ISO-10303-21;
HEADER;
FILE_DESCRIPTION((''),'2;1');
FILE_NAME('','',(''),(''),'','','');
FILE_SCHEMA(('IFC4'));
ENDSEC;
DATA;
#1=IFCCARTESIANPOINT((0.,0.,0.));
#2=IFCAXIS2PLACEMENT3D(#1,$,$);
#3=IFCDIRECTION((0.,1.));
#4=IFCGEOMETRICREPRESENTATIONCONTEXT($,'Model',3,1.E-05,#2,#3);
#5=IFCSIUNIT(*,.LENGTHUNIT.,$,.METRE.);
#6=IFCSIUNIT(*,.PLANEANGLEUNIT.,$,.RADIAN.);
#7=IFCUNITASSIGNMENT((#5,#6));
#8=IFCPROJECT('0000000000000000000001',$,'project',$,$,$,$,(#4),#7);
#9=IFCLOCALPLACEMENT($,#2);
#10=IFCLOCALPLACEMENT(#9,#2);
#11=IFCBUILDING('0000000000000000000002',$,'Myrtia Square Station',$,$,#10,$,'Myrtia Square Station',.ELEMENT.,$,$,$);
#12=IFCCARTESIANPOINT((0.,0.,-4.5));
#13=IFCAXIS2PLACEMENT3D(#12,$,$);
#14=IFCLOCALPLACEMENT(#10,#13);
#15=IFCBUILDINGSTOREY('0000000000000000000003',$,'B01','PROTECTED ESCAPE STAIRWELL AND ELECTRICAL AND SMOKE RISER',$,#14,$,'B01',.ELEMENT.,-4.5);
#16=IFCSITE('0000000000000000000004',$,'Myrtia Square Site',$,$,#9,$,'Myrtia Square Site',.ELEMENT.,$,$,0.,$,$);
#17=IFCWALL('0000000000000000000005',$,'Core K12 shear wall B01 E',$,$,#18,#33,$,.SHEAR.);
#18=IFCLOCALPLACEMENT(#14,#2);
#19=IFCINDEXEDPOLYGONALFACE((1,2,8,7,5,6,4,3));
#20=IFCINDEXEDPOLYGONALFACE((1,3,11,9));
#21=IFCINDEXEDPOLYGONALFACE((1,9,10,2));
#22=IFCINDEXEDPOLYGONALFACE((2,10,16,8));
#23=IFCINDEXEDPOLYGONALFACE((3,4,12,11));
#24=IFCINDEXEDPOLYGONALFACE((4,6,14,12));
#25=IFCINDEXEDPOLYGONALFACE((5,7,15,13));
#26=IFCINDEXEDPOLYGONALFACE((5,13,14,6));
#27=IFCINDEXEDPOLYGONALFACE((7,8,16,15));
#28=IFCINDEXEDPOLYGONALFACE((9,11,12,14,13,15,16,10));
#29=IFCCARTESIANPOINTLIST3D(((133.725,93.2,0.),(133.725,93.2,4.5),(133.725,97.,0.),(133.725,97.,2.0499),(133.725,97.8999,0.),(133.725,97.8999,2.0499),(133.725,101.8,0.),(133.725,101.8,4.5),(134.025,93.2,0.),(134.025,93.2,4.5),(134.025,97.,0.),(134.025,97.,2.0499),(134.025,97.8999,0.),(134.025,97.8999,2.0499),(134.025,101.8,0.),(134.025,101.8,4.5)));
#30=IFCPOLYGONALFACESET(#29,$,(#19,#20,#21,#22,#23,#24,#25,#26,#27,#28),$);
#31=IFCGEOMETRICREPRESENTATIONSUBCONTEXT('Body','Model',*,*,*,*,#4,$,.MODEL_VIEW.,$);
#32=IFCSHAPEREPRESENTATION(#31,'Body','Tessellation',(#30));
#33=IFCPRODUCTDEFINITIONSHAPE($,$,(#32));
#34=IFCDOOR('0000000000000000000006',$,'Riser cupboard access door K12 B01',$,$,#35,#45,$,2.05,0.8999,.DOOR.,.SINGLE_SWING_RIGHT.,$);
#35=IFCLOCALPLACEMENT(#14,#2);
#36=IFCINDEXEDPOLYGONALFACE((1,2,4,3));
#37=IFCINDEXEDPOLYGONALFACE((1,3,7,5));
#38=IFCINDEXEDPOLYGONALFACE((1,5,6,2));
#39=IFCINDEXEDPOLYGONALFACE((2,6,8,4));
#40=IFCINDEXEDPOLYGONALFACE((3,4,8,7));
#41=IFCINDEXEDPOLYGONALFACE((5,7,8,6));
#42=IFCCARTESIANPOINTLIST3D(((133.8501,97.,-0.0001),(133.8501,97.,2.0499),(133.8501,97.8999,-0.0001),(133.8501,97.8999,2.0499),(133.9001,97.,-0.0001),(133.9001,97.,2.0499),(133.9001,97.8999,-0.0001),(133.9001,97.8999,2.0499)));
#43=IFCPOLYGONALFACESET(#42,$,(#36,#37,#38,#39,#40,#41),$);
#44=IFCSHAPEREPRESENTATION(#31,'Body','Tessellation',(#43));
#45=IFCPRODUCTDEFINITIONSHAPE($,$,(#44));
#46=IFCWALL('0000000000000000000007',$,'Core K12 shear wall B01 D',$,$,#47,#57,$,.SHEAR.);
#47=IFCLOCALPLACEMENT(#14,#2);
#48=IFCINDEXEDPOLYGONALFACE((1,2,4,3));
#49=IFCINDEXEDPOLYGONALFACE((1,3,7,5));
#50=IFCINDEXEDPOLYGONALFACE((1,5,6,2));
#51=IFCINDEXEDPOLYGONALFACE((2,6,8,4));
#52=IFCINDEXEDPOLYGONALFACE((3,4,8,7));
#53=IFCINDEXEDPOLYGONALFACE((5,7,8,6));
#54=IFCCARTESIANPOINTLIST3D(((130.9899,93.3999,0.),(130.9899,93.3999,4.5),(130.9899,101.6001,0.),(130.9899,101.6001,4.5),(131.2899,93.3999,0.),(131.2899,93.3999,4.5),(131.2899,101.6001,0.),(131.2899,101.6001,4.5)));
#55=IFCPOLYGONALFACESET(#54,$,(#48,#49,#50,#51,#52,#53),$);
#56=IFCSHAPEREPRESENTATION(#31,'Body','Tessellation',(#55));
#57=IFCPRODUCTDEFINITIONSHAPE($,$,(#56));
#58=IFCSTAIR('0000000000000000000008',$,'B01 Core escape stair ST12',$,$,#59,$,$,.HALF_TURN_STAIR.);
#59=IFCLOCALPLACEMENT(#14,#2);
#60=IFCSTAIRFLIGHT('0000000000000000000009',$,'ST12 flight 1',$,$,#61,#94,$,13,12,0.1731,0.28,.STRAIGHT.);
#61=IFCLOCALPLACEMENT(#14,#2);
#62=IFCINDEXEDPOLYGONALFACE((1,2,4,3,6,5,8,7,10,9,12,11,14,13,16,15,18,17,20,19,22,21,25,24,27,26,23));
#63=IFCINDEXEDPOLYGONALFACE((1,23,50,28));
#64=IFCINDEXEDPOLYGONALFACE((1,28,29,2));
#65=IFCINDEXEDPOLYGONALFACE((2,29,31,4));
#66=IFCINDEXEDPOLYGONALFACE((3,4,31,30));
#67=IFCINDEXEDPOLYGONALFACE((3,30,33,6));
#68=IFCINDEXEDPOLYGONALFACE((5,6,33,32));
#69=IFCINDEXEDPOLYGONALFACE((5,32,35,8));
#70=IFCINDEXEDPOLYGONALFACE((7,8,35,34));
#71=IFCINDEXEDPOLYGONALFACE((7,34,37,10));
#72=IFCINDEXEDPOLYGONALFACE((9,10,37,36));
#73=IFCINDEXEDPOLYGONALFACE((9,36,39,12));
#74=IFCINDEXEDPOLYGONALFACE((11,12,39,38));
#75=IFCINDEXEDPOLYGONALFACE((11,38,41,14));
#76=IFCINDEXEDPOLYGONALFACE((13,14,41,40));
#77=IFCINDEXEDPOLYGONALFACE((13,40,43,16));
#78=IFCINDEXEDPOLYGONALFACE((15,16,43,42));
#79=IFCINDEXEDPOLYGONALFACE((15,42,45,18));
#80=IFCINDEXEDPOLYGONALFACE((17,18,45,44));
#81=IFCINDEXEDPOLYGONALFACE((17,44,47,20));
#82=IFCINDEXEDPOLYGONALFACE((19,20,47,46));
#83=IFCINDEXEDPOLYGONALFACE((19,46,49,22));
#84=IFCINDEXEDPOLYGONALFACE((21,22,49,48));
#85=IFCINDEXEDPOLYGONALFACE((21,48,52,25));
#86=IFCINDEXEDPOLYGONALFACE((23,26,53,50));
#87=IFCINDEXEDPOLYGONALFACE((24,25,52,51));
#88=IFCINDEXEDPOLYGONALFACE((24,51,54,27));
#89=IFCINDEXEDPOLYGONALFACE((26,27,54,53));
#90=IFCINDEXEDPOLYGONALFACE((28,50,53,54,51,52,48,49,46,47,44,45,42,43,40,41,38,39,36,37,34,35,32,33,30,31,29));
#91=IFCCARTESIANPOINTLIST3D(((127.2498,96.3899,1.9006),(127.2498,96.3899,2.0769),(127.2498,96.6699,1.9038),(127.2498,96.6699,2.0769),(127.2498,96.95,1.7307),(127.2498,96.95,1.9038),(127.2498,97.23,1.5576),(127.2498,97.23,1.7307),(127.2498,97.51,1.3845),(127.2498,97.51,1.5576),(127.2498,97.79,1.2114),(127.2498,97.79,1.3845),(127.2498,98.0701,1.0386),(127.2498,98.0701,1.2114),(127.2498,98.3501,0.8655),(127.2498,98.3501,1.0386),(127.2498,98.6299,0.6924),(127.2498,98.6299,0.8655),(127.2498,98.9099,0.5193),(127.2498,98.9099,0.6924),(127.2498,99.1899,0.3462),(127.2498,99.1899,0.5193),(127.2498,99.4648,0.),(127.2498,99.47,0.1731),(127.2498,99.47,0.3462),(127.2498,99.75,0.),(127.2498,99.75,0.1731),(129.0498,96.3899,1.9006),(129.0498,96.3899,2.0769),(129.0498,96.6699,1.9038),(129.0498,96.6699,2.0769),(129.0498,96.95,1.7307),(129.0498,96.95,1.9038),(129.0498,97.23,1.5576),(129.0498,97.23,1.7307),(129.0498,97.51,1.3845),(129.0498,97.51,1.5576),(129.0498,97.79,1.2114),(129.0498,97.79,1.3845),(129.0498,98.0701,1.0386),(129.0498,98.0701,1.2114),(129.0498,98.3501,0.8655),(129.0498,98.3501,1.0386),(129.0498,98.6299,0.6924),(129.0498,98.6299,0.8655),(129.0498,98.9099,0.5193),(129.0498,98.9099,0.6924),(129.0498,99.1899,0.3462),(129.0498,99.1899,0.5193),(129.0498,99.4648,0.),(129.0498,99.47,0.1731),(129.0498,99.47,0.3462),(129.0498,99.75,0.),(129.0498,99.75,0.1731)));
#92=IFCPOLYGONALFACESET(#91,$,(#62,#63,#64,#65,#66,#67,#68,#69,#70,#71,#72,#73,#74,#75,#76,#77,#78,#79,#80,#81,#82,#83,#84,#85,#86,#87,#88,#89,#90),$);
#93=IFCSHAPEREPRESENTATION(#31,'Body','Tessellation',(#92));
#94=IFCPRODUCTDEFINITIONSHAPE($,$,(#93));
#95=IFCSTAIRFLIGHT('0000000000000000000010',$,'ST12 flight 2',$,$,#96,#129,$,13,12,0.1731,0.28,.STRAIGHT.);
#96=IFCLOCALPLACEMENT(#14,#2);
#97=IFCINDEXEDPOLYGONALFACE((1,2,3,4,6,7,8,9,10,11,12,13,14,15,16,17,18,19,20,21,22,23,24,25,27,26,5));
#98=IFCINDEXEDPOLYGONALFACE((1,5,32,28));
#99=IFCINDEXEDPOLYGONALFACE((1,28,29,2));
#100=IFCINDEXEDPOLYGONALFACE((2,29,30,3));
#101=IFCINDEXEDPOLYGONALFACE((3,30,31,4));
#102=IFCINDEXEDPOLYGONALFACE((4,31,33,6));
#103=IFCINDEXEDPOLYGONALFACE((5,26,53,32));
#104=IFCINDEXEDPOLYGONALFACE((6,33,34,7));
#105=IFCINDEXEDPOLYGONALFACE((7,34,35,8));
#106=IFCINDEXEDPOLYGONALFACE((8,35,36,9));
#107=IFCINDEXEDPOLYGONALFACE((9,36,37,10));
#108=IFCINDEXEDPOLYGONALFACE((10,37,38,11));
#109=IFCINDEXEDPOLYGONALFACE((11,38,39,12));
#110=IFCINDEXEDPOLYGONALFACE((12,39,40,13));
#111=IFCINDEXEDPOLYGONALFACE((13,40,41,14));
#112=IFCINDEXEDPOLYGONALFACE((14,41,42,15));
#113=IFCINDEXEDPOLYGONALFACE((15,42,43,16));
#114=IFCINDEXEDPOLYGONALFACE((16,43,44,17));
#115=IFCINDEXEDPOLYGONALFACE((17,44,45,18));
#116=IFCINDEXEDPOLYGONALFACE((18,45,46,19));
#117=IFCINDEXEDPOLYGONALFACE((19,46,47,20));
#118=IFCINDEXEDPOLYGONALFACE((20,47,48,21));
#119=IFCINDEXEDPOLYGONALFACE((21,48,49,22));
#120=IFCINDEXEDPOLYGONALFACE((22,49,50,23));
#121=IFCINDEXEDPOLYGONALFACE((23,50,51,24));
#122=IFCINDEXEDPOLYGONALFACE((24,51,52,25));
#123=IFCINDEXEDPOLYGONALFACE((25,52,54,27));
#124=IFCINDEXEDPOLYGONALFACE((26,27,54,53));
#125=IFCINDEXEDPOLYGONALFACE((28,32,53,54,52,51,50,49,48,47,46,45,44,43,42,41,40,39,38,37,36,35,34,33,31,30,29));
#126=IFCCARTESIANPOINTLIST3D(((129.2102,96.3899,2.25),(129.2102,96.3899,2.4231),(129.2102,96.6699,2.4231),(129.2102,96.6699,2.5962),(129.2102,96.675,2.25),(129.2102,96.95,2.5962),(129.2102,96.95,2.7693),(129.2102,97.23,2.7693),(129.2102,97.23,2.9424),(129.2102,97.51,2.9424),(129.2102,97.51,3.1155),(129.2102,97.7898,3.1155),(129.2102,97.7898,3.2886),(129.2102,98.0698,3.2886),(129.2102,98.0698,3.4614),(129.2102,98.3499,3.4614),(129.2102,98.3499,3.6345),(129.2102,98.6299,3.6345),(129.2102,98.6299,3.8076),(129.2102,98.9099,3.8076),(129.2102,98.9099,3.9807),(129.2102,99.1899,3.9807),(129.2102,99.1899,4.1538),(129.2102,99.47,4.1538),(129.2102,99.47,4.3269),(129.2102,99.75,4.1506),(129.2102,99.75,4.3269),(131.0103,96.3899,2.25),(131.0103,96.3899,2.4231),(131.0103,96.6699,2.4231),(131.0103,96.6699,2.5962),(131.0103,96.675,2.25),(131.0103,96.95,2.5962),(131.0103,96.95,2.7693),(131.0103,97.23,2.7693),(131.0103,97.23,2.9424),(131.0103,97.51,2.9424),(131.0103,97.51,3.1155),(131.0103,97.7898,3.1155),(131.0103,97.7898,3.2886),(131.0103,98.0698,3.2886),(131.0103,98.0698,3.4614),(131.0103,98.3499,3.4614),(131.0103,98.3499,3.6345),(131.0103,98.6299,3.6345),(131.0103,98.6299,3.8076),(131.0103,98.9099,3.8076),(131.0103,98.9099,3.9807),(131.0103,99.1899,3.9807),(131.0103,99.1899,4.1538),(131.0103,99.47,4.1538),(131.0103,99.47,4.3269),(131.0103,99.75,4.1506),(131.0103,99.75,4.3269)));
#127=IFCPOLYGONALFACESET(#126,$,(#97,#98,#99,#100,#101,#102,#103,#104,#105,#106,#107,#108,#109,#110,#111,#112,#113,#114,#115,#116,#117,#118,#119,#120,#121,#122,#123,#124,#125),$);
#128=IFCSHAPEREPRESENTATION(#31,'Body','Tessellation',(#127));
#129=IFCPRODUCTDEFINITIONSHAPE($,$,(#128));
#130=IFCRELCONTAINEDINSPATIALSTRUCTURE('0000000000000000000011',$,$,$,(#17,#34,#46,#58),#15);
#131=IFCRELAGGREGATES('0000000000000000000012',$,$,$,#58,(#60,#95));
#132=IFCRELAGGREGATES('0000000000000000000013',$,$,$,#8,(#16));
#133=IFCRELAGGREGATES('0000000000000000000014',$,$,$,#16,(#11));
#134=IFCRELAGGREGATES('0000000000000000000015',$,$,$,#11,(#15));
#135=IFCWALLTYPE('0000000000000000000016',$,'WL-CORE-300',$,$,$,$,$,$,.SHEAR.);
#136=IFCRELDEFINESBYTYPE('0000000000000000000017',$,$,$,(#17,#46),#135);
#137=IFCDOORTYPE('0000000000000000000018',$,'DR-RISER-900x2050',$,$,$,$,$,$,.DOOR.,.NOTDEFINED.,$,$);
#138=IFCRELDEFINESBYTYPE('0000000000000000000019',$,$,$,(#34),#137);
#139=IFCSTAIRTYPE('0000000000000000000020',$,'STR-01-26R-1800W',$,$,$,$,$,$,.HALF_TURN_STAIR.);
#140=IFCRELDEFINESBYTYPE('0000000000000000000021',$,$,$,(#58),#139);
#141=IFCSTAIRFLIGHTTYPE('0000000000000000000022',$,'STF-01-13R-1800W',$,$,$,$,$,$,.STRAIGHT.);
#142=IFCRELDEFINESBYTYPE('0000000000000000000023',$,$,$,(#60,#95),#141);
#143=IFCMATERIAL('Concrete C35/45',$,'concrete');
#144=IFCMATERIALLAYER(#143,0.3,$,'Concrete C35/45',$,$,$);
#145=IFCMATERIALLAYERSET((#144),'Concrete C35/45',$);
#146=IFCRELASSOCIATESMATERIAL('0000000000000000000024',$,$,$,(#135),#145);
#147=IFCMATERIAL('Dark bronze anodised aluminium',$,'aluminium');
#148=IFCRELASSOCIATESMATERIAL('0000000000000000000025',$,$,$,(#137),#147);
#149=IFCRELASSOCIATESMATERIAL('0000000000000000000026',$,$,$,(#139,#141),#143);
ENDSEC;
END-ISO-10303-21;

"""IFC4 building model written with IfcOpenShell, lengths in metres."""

from ifc_helpers import new_model, si_unit, direction, frame, frame_2d, origin, place, context, subcontext, project, spatial, polyline, rectangle, outline, extrude, material, layer, layer_set, type_object, element, fill, aggregate, save


model = new_model("IFC4")

# Units and contexts
model_context = context("Model", 3, precision=1e-05, world=origin(), true_north=direction((0.0, 1.0)))
body_context = subcontext(model_context, "Body", "Model", "MODEL_VIEW")
ifc_project = project(units=[si_unit("LENGTHUNIT", "METRE"), si_unit("PLANEANGLEUNIT", "RADIAN")], contexts=[model_context])

# Site, building, storey
site_placement = place(None, origin())
site = spatial("IfcSite", under=ifc_project, at=site_placement, Name="Myrtia Square Site", LongName="Myrtia Square Site", CompositionType="ELEMENT", RefElevation=0.0)
building_placement = place(site_placement, origin())
building = spatial("IfcBuilding", under=site, at=building_placement, Name="Myrtia Square Station", LongName="Myrtia Square Station", CompositionType="ELEMENT")
storey_placement = place(building_placement, frame((0.0, 0.0, -4.5)))
storey = spatial("IfcBuildingStorey", under=building, at=storey_placement, Name="B01", Description="PROTECTED ESCAPE STAIRWELL AND ELECTRICAL AND SMOKE RISER", LongName="B01", CompositionType="ELEMENT", Elevation=-4.5)

# Shared definitions
ifc_material_1 = material(Name="Concrete C35/45", Category="concrete")

# Shared definitions
ifc_layer = layer(ifc_material_1, 0.3, Name="Concrete C35/45")
ifc_layer_set = layer_set([ifc_layer], Name="Concrete C35/45")
wall_type = type_object("IfcWallType", Name="WL-CORE-300", PredefinedType="SHEAR", material=ifc_layer_set)

# Shared definitions
ifc_material_2 = material(Name="Dark bronze anodised aluminium", Category="aluminium")

# Wall, opening, door
wall_1_placement = place(storey_placement, frame((133.875, 93.2, 0.0), z_axis=(0.0, 0.0, 1.0), x_axis=(0.0, 1.0, 0.0)))
wall_1 = element("IfcWall", 1, at=wall_1_placement, inside=storey, type_object=wall_type, Name="Core K12 shear wall B01 E", PredefinedType="SHEAR", context=body_context, shape_type="SweptSolid", body=[
    extrude(rectangle(XDim=8.6001, YDim=0.3, at=frame_2d((4.3, 0.0))), origin(), (0.0, 0.0, 1.0), 4.5),
])
opening_1_placement = place(wall_1_placement, frame((3.8, 0.0, 0.0)))
opening_1 = element("IfcOpeningElement", 2, at=opening_1_placement, cuts=wall_1, PredefinedType="OPENING", context=body_context, shape_type="SweptSolid", body=[
    extrude(rectangle(XDim=0.8999, YDim=2.05, at=frame_2d((0.45, 1.0249))), frame((0.0, 0.165, 0.0), z_axis=(0.0, -1.0, 0.0), x_axis=(1.0, 0.0, 0.0)), (0.0, 0.0, 1.0), 0.3301),
])
door_type_1 = type_object("IfcDoorType", Name="DR-RISER-900x2050", OperationType="NOTDEFINED", PredefinedType="DOOR", material=ifc_material_2)
door_1_placement = place(opening_1_placement, origin())
door_1 = element("IfcDoor", 3, at=door_1_placement, inside=storey, type_object=door_type_1, Name="Riser cupboard access door K12 B01", OperationType="SINGLE_SWING_RIGHT", OverallHeight=2.05, OverallWidth=0.8999, PredefinedType="DOOR", context=body_context, shape_type="SweptSolid", body=[
    extrude(rectangle(XDim=0.8999, YDim=2.05, at=frame_2d((0.45, 1.0249))), frame((0.0, 0.0249, 0.0), z_axis=(0.0, -1.0, 0.0), x_axis=(1.0, 0.0, 0.0)), (0.0, 0.0, 1.0), 0.05),
])
fill(opening_1, door_1)

# Wall
wall_2_placement = place(storey_placement, frame((131.1399, 93.3999, 0.0), z_axis=(0.0, 0.0, 1.0), x_axis=(0.0, 1.0, 0.0)))
element("IfcWall", 4, at=wall_2_placement, inside=storey, type_object=wall_type, Name="Core K12 shear wall B01 D", PredefinedType="SHEAR", context=body_context, shape_type="SweptSolid", body=[
    extrude(rectangle(XDim=8.2002, YDim=0.3, at=frame_2d((4.1001, 0.0))), origin(), (0.0, 0.0, 1.0), 4.5),
])

# Stair, stair flights
stair_type = type_object("IfcStairType", Name="STR-01-26R-1800W", PredefinedType="HALF_TURN_STAIR", material=ifc_material_1)
stair_placement = place(storey_placement, origin())
stair = element("IfcStair", 5, at=stair_placement, inside=storey, type_object=stair_type, Name="B01 Core escape stair ST12", PredefinedType="HALF_TURN_STAIR")
stair_flight_type = type_object("IfcStairFlightType", Name="STF-01-13R-1800W", PredefinedType="STRAIGHT", material=ifc_material_1)
stair_flight_1_placement = place(storey_placement, frame((128.1499, 99.75, 0.0), z_axis=(0.0, 0.0, 1.0), x_axis=(0.0, -1.0, 0.0)))
stair_flight_1 = element("IfcStairFlight", 6, at=stair_flight_1_placement, type_object=stair_flight_type, Name="ST12 flight 1", NumberOfRisers=13, NumberOfTreads=12, PredefinedType="STRAIGHT", RiserHeight=0.1731, TreadLength=0.28, context=body_context, shape_type="SweptSolid", body=[
    extrude(outline(polyline([(0.0, 0.0), (0.0, 0.1731), (0.28, 0.1731), (0.28, 0.3462), (0.5601, 0.3462), (0.5601, 0.5193), (0.8401, 0.5193), (0.8401, 0.6924), (1.1201, 0.6924), (1.1201, 0.8655), (1.3999, 0.8655), (1.3999, 1.0386), (1.6799, 1.0386), (1.6799, 1.2114), (1.96, 1.2114), (1.96, 1.3845), (2.24, 1.3845), (2.24, 1.5576), (2.52, 1.5576), (2.52, 1.7307), (2.8, 1.7307), (2.8, 1.9038), (3.0801, 1.9038), (3.0801, 2.0769), (3.3601, 2.0769), (3.3601, 2.25), (3.3601, 1.9006), (0.2852, 0.0), (0.0, 0.0)])), frame((0.0, 0.8999, 0.0), z_axis=(0.0, -1.0, 0.0), x_axis=(1.0, 0.0, 0.0)), (0.0, 0.0, 1.0), 1.8),
])
stair_flight_2_placement = place(storey_placement, frame((130.1101, 96.3899, 2.25), z_axis=(0.0, 0.0, 1.0), x_axis=(0.0, 1.0, 0.0)))
stair_flight_2 = element("IfcStairFlight", 7, at=stair_flight_2_placement, type_object=stair_flight_type, Name="ST12 flight 2", NumberOfRisers=13, NumberOfTreads=12, PredefinedType="STRAIGHT", RiserHeight=0.1731, TreadLength=0.28, context=body_context, shape_type="SweptSolid", body=[
    extrude(outline(polyline([(0.0, 0.0), (0.0, 0.1731), (0.28, 0.1731), (0.28, 0.3462), (0.5601, 0.3462), (0.5601, 0.5193), (0.8401, 0.5193), (0.8401, 0.6924), (1.1201, 0.6924), (1.1201, 0.8655), (1.3999, 0.8655), (1.3999, 1.0386), (1.6799, 1.0386), (1.6799, 1.2114), (1.96, 1.2114), (1.96, 1.3845), (2.24, 1.3845), (2.24, 1.5576), (2.52, 1.5576), (2.52, 1.7307), (2.8, 1.7307), (2.8, 1.9038), (3.0801, 1.9038), (3.0801, 2.0769), (3.3601, 2.0769), (3.3601, 2.25), (3.3601, 1.9006), (0.2852, 0.0), (0.0, 0.0)])), frame((0.0, 0.8999, 0.0), z_axis=(0.0, -1.0, 0.0), x_axis=(1.0, 0.0, 0.0)), (0.0, 0.0, 1.0), 1.8),
])
aggregate(stair, [stair_flight_1, stair_flight_2])

save(model, "model.ifc")
